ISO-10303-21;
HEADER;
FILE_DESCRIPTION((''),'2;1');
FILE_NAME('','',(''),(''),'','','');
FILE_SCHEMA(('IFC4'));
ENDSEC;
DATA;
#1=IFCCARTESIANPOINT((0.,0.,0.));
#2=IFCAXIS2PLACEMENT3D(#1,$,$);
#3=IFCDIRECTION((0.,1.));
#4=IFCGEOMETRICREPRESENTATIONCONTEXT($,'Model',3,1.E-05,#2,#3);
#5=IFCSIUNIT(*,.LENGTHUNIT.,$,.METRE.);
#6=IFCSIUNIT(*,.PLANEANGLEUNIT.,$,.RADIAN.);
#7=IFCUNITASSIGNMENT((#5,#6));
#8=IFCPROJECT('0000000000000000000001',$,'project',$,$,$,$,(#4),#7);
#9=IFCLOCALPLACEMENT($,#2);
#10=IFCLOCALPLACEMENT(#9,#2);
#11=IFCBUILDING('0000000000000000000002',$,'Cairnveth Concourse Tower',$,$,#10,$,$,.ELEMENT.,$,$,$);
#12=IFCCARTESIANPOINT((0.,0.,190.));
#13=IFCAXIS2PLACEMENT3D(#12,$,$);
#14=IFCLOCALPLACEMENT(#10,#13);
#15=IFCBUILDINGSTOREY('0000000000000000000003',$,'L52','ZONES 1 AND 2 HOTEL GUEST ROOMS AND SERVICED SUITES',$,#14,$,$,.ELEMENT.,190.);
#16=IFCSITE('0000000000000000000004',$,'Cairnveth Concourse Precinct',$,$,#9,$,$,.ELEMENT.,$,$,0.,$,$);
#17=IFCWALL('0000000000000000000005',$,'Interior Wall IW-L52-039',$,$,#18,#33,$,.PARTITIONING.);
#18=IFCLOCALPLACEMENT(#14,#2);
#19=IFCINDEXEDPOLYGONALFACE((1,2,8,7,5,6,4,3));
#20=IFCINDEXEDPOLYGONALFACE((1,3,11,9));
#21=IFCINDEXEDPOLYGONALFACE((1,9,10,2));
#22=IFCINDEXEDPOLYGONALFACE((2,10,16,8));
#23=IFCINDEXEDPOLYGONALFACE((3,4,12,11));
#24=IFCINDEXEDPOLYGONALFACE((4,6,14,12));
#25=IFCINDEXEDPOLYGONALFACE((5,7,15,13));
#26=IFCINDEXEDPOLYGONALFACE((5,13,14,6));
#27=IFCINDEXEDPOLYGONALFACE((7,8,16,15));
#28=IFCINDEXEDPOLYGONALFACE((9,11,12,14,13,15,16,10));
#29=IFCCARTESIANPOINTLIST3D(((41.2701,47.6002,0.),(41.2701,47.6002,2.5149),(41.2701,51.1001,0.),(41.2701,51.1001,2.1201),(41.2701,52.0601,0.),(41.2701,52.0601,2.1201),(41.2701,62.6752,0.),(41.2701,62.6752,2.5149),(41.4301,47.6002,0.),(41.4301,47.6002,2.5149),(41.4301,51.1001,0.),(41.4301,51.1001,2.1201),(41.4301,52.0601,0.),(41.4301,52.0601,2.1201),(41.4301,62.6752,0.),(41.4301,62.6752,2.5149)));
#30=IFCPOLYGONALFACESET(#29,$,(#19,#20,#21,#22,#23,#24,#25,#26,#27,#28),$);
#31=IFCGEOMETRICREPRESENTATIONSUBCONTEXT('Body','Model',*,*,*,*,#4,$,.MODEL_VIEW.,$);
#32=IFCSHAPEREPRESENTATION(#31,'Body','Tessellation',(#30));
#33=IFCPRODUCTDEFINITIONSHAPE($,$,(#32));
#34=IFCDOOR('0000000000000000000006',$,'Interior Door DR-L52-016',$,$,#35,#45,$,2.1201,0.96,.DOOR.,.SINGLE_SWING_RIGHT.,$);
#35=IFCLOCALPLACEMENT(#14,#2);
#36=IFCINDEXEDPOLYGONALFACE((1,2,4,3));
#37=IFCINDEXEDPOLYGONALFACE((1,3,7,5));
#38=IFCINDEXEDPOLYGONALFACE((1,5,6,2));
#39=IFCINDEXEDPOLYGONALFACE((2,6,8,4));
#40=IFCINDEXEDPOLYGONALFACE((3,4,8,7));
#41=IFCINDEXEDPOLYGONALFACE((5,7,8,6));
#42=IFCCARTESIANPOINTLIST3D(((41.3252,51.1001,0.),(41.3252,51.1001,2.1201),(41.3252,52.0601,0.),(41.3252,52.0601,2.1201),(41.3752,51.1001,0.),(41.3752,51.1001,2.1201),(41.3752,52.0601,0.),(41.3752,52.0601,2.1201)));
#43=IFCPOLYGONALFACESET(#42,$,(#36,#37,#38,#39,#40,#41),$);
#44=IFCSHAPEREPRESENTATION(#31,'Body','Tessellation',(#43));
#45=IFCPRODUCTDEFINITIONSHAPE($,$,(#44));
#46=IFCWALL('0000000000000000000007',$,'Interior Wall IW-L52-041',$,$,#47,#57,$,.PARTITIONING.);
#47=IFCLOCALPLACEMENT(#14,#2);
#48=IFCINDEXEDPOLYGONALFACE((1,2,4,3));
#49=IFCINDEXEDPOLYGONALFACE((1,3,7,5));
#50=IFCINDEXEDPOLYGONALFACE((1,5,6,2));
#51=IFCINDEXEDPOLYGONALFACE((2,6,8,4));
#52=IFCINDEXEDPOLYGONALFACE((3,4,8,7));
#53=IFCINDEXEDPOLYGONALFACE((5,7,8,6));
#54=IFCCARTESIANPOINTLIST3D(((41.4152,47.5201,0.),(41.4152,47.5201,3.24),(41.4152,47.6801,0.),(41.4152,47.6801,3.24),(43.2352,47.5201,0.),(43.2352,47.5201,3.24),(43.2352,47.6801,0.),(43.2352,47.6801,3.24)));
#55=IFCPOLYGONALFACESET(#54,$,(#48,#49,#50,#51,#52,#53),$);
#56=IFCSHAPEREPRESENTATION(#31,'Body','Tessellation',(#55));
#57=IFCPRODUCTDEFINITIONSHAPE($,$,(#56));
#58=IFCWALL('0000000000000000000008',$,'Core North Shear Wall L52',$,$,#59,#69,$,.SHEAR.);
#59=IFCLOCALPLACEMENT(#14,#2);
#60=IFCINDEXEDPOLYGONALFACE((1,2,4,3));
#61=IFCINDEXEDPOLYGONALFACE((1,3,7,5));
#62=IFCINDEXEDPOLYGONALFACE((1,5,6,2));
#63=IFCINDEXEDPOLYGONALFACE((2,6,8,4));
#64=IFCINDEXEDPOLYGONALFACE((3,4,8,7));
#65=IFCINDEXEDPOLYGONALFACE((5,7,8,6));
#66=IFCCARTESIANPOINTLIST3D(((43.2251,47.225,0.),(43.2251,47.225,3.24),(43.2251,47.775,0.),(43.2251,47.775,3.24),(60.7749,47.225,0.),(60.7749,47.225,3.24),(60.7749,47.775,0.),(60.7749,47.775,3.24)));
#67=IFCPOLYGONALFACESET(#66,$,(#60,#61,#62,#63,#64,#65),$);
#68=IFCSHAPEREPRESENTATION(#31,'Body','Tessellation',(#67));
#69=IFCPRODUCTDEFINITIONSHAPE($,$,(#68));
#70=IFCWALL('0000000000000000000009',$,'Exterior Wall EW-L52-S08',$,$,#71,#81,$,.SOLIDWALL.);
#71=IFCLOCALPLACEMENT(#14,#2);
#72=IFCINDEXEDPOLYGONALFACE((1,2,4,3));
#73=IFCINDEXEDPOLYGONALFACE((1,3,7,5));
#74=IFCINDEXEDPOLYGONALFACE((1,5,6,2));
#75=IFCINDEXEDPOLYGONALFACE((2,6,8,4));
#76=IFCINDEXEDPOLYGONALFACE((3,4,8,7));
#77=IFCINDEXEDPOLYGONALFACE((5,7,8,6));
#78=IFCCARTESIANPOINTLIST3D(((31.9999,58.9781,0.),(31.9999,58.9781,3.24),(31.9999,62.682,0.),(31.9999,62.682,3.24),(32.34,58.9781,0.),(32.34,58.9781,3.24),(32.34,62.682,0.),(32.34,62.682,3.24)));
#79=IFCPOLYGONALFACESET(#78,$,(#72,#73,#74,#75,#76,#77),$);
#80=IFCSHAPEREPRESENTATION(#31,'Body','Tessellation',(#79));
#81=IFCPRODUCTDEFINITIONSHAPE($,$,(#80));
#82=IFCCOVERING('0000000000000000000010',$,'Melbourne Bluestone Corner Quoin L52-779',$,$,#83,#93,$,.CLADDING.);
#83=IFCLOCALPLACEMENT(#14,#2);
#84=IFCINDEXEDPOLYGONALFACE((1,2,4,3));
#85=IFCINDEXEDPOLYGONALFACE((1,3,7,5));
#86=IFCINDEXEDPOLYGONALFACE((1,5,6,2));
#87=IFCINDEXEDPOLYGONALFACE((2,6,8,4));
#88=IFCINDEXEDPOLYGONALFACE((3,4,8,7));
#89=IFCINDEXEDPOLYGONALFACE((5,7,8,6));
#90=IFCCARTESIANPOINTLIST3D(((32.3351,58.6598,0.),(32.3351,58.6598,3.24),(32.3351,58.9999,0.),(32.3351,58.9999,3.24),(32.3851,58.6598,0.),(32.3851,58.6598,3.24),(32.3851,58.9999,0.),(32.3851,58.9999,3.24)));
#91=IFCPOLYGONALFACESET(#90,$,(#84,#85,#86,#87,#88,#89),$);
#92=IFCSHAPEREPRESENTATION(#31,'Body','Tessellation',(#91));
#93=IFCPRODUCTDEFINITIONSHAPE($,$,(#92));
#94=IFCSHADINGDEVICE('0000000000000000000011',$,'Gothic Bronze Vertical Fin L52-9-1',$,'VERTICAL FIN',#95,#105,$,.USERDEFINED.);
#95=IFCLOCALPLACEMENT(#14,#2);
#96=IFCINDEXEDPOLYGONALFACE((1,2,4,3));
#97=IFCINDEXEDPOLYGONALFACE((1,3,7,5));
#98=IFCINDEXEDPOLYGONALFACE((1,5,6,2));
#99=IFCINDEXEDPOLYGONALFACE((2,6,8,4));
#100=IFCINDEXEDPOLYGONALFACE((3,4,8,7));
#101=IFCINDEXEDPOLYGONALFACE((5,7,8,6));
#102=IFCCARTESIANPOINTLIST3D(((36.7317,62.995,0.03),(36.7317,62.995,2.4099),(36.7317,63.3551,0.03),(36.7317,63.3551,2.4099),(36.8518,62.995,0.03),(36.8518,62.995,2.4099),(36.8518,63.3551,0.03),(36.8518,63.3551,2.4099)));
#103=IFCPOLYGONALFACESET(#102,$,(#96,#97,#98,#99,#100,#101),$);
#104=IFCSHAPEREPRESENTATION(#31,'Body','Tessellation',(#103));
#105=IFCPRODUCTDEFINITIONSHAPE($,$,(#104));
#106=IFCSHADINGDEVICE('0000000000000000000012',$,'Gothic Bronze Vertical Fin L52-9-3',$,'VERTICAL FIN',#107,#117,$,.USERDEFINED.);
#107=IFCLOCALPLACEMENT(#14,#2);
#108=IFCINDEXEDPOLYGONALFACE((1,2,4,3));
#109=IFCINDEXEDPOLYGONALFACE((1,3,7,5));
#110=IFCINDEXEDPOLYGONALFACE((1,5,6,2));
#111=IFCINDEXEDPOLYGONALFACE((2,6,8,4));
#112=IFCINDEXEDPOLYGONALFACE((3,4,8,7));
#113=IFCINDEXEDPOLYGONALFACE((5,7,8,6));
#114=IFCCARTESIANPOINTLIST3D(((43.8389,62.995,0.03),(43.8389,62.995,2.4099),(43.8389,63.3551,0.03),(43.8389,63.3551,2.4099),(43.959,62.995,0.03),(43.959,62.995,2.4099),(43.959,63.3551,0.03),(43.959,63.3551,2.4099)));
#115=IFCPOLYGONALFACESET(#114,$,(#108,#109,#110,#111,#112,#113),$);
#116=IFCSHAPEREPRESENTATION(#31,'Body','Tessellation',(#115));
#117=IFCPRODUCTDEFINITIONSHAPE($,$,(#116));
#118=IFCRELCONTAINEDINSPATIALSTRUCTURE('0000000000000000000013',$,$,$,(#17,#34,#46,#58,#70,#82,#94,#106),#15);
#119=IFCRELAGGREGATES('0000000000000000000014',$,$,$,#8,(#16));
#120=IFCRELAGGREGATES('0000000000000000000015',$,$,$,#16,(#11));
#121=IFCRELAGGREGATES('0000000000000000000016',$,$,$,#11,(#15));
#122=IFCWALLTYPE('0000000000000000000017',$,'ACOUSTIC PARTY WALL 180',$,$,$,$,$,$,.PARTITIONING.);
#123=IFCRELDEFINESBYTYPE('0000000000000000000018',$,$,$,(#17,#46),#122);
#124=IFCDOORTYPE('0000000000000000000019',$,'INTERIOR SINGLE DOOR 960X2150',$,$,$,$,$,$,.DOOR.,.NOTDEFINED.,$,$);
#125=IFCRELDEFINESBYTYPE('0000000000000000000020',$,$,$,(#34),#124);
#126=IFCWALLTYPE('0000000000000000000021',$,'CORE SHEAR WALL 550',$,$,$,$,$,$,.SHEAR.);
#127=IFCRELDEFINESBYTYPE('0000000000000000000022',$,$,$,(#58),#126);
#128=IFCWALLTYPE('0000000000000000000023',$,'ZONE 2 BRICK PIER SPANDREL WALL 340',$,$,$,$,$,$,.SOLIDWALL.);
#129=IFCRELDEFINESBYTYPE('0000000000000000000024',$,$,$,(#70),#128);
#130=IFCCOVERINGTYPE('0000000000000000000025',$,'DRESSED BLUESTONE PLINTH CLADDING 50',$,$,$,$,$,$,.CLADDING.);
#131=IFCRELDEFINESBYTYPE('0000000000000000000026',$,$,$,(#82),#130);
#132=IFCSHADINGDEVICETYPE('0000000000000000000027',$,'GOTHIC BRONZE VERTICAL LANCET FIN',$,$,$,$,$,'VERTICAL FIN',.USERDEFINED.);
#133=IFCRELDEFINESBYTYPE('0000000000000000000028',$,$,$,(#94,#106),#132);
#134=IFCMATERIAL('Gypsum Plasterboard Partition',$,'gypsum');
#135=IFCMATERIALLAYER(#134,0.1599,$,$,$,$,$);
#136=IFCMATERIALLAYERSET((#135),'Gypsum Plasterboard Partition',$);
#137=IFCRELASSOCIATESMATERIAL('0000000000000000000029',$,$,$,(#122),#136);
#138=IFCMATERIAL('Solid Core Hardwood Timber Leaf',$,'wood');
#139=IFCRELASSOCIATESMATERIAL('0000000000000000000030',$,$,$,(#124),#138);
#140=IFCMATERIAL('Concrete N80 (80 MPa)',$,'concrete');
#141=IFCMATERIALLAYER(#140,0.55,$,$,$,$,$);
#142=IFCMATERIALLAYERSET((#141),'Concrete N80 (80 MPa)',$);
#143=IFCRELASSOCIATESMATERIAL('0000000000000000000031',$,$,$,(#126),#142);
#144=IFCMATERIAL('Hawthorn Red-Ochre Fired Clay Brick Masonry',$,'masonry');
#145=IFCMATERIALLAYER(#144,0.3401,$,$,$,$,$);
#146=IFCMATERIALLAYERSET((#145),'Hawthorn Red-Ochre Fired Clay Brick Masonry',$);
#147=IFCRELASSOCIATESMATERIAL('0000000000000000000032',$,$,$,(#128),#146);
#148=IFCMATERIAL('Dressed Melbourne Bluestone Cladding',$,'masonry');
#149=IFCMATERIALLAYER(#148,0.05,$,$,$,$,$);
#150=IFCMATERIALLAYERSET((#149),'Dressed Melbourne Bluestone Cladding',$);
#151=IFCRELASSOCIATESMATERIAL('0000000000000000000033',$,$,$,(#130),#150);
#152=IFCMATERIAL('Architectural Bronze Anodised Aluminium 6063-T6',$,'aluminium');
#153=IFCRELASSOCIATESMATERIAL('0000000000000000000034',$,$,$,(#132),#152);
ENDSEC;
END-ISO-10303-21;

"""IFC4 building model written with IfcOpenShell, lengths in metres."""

from ifc_helpers import new_model, si_unit, direction, frame, frame_2d, origin, origin_2d, place, context, subcontext, project, spatial, rectangle, extrude, material, layer, layer_set, type_object, element, fill, save


model = new_model("IFC4")

# Units and contexts
model_context = context("Model", 3, precision=1e-05, world=origin(), true_north=direction((0.0, 1.0)))
body_context = subcontext(model_context, "Body", "Model", "MODEL_VIEW")
ifc_project = project(units=[si_unit("LENGTHUNIT", "METRE"), si_unit("PLANEANGLEUNIT", "RADIAN")], contexts=[model_context])

# Site, building, storey
site_placement = place(None, origin())
site = spatial("IfcSite", under=ifc_project, at=site_placement, Name="Cairnveth Concourse Precinct", CompositionType="ELEMENT", RefElevation=0.0)
building_placement = place(site_placement, origin())
building = spatial("IfcBuilding", under=site, at=building_placement, Name="Cairnveth Concourse Tower", CompositionType="ELEMENT")
storey_placement = place(building_placement, frame((0.0, 0.0, 190.0)))
storey = spatial("IfcBuildingStorey", under=building, at=storey_placement, Name="L52", Description="ZONES 1 AND 2 HOTEL GUEST ROOMS AND SERVICED SUITES", CompositionType="ELEMENT", Elevation=190.0)

# Wall, opening, door
ifc_material_1 = material(Name="Gypsum Plasterboard Partition", Category="gypsum")
ifc_layer_1 = layer(ifc_material_1, 0.1599)
ifc_layer_set_1 = layer_set([ifc_layer_1], Name="Gypsum Plasterboard Partition")
wall_type_1 = type_object("IfcWallType", Name="ACOUSTIC PARTY WALL 180", PredefinedType="PARTITIONING", material=ifc_layer_set_1)
wall_1_placement = place(storey_placement, frame((41.3501, 47.6001, 0.0), z_axis=(0.0, 0.0, 1.0), x_axis=(0.0, 1.0, 0.0)))
wall_1 = element("IfcWall", 1, at=wall_1_placement, inside=storey, type_object=wall_type_1, Name="Interior Wall IW-L52-039", PredefinedType="PARTITIONING", context=body_context, shape_type="SweptSolid", body=[
    extrude(rectangle(XDim=15.075, YDim=0.1599, at=frame_2d((7.5376, 0.0))), origin(), (0.0, 0.0, 1.0), 2.5149),
])
opening_placement = place(wall_1_placement, frame((3.5, 0.0, 0.0)))
opening = element("IfcOpeningElement", 2, at=opening_placement, cuts=wall_1, PredefinedType="OPENING", context=body_context, shape_type="SweptSolid", body=[
    extrude(rectangle(XDim=0.96, YDim=2.1201, at=frame_2d((0.48, 1.0601))), frame((0.0, 0.0898, 0.0), z_axis=(0.0, -1.0, 0.0), x_axis=(1.0, 0.0, 0.0)), (0.0, 0.0, 1.0), 0.1799),
])
ifc_material_2 = material(Name="Solid Core Hardwood Timber Leaf", Category="wood")
door_type = type_object("IfcDoorType", Name="INTERIOR SINGLE DOOR 960X2150", OperationType="NOTDEFINED", PredefinedType="DOOR", material=ifc_material_2)
door_placement = place(opening_placement, origin())
door = element("IfcDoor", 3, at=door_placement, inside=storey, type_object=door_type, Name="Interior Door DR-L52-016", OperationType="SINGLE_SWING_RIGHT", OverallHeight=2.1201, OverallWidth=0.96, PredefinedType="DOOR", context=body_context, shape_type="SweptSolid", body=[
    extrude(rectangle(XDim=0.96, YDim=2.1201, at=frame_2d((0.48, 1.0601))), frame((0.0, 0.0249, 0.0), z_axis=(0.0, -1.0, 0.0), x_axis=(1.0, 0.0, 0.0)), (0.0, 0.0, 1.0), 0.05),
])
fill(opening, door)

# Walls
wall_2_placement = place(storey_placement, frame((41.415, 47.6001, 0.0), z_axis=(0.0, 0.0, 1.0), x_axis=(1.0, 0.0, 0.0)))
element("IfcWall", 4, at=wall_2_placement, inside=storey, type_object=wall_type_1, Name="Interior Wall IW-L52-041", PredefinedType="PARTITIONING", context=body_context, shape_type="SweptSolid", body=[
    extrude(rectangle(XDim=1.8201, YDim=0.1599, at=frame_2d((0.9102, 0.0))), origin(), (0.0, 0.0, 1.0), 3.24),
])
ifc_material_3 = material(Name="Concrete N80 (80 MPa)", Category="concrete")
ifc_layer_2 = layer(ifc_material_3, 0.55)
ifc_layer_set_2 = layer_set([ifc_layer_2], Name="Concrete N80 (80 MPa)")
wall_type_2 = type_object("IfcWallType", Name="CORE SHEAR WALL 550", PredefinedType="SHEAR", material=ifc_layer_set_2)
wall_3_placement = place(storey_placement, frame((43.2251, 47.5, 0.0), z_axis=(0.0, 0.0, 1.0), x_axis=(1.0, 0.0, 0.0)))
element("IfcWall", 5, at=wall_3_placement, inside=storey, type_object=wall_type_2, Name="Core North Shear Wall L52", PredefinedType="SHEAR", context=body_context, shape_type="SweptSolid", body=[
    extrude(rectangle(XDim=17.5498, YDim=0.55, at=frame_2d((8.7749, 0.0))), origin(), (0.0, 0.0, 1.0), 3.24),
])
ifc_material_4 = material(Name="Hawthorn Red-Ochre Fired Clay Brick Masonry", Category="masonry")
ifc_layer_3 = layer(ifc_material_4, 0.3401)
ifc_layer_set_3 = layer_set([ifc_layer_3], Name="Hawthorn Red-Ochre Fired Clay Brick Masonry")
wall_type_3 = type_object("IfcWallType", Name="ZONE 2 BRICK PIER SPANDREL WALL 340", PredefinedType="SOLIDWALL", material=ifc_layer_set_3)
wall_4_placement = place(storey_placement, frame((32.1699, 58.978, 0.0), z_axis=(0.0, 0.0, 1.0), x_axis=(0.0, 1.0, 0.0)))
element("IfcWall", 6, at=wall_4_placement, inside=storey, type_object=wall_type_3, Name="Exterior Wall EW-L52-S08", PredefinedType="SOLIDWALL", context=body_context, shape_type="SweptSolid", body=[
    extrude(rectangle(XDim=3.7039, YDim=0.3401, at=frame_2d((1.8521, 0.0))), origin(), (0.0, 0.0, 1.0), 3.24),
])

# Covering
ifc_material_5 = material(Name="Dressed Melbourne Bluestone Cladding", Category="masonry")
ifc_layer_4 = layer(ifc_material_5, 0.05)
ifc_layer_set_4 = layer_set([ifc_layer_4], Name="Dressed Melbourne Bluestone Cladding")
covering_type = type_object("IfcCoveringType", Name="DRESSED BLUESTONE PLINTH CLADDING 50", PredefinedType="CLADDING", material=ifc_layer_set_4)
covering_placement = place(storey_placement, frame((32.3601, 58.6599, 0.0), z_axis=(0.0, 0.0, 1.0), x_axis=(0.0, 1.0, 0.0)))
element("IfcCovering", 7, at=covering_placement, inside=storey, type_object=covering_type, Name="Melbourne Bluestone Corner Quoin L52-779", PredefinedType="CLADDING", context=body_context, shape_type="SweptSolid", body=[
    extrude(rectangle(XDim=0.3401, YDim=0.05, at=frame_2d((0.1699, 0.0))), origin(), (0.0, 0.0, 1.0), 3.24),
])

# Shading devices
ifc_material_6 = material(Name="Architectural Bronze Anodised Aluminium 6063-T6", Category="aluminium")
shading_device_type = type_object("IfcShadingDeviceType", Name="GOTHIC BRONZE VERTICAL LANCET FIN", ElementType="VERTICAL FIN", PredefinedType="USERDEFINED", material=ifc_material_6)
for number, where, z_axis, x_axis, name in (
    (8, (36.7917, 63.175, 0.03), (0.0, 0.0, 1.0), (1.0, 0.0, 0.0), "Gothic Bronze Vertical Fin L52-9-1"),
    (9, (43.8989, 63.175, 0.03), (0.0, 0.0, 1.0), (1.0, 0.0, 0.0), "Gothic Bronze Vertical Fin L52-9-3"),
):
    element("IfcShadingDevice", number, at=place(storey_placement, frame(where, z_axis=z_axis, x_axis=x_axis)), inside=storey, type_object=shading_device_type, Name=name, ObjectType="VERTICAL FIN", PredefinedType="USERDEFINED", context=body_context, shape_type="SweptSolid", body=[
        extrude(rectangle(XDim=0.1201, YDim=0.3601, at=origin_2d()), origin(), (0.0, 0.0, 1.0), 2.3799),
    ])

save(model, "model.ifc")
